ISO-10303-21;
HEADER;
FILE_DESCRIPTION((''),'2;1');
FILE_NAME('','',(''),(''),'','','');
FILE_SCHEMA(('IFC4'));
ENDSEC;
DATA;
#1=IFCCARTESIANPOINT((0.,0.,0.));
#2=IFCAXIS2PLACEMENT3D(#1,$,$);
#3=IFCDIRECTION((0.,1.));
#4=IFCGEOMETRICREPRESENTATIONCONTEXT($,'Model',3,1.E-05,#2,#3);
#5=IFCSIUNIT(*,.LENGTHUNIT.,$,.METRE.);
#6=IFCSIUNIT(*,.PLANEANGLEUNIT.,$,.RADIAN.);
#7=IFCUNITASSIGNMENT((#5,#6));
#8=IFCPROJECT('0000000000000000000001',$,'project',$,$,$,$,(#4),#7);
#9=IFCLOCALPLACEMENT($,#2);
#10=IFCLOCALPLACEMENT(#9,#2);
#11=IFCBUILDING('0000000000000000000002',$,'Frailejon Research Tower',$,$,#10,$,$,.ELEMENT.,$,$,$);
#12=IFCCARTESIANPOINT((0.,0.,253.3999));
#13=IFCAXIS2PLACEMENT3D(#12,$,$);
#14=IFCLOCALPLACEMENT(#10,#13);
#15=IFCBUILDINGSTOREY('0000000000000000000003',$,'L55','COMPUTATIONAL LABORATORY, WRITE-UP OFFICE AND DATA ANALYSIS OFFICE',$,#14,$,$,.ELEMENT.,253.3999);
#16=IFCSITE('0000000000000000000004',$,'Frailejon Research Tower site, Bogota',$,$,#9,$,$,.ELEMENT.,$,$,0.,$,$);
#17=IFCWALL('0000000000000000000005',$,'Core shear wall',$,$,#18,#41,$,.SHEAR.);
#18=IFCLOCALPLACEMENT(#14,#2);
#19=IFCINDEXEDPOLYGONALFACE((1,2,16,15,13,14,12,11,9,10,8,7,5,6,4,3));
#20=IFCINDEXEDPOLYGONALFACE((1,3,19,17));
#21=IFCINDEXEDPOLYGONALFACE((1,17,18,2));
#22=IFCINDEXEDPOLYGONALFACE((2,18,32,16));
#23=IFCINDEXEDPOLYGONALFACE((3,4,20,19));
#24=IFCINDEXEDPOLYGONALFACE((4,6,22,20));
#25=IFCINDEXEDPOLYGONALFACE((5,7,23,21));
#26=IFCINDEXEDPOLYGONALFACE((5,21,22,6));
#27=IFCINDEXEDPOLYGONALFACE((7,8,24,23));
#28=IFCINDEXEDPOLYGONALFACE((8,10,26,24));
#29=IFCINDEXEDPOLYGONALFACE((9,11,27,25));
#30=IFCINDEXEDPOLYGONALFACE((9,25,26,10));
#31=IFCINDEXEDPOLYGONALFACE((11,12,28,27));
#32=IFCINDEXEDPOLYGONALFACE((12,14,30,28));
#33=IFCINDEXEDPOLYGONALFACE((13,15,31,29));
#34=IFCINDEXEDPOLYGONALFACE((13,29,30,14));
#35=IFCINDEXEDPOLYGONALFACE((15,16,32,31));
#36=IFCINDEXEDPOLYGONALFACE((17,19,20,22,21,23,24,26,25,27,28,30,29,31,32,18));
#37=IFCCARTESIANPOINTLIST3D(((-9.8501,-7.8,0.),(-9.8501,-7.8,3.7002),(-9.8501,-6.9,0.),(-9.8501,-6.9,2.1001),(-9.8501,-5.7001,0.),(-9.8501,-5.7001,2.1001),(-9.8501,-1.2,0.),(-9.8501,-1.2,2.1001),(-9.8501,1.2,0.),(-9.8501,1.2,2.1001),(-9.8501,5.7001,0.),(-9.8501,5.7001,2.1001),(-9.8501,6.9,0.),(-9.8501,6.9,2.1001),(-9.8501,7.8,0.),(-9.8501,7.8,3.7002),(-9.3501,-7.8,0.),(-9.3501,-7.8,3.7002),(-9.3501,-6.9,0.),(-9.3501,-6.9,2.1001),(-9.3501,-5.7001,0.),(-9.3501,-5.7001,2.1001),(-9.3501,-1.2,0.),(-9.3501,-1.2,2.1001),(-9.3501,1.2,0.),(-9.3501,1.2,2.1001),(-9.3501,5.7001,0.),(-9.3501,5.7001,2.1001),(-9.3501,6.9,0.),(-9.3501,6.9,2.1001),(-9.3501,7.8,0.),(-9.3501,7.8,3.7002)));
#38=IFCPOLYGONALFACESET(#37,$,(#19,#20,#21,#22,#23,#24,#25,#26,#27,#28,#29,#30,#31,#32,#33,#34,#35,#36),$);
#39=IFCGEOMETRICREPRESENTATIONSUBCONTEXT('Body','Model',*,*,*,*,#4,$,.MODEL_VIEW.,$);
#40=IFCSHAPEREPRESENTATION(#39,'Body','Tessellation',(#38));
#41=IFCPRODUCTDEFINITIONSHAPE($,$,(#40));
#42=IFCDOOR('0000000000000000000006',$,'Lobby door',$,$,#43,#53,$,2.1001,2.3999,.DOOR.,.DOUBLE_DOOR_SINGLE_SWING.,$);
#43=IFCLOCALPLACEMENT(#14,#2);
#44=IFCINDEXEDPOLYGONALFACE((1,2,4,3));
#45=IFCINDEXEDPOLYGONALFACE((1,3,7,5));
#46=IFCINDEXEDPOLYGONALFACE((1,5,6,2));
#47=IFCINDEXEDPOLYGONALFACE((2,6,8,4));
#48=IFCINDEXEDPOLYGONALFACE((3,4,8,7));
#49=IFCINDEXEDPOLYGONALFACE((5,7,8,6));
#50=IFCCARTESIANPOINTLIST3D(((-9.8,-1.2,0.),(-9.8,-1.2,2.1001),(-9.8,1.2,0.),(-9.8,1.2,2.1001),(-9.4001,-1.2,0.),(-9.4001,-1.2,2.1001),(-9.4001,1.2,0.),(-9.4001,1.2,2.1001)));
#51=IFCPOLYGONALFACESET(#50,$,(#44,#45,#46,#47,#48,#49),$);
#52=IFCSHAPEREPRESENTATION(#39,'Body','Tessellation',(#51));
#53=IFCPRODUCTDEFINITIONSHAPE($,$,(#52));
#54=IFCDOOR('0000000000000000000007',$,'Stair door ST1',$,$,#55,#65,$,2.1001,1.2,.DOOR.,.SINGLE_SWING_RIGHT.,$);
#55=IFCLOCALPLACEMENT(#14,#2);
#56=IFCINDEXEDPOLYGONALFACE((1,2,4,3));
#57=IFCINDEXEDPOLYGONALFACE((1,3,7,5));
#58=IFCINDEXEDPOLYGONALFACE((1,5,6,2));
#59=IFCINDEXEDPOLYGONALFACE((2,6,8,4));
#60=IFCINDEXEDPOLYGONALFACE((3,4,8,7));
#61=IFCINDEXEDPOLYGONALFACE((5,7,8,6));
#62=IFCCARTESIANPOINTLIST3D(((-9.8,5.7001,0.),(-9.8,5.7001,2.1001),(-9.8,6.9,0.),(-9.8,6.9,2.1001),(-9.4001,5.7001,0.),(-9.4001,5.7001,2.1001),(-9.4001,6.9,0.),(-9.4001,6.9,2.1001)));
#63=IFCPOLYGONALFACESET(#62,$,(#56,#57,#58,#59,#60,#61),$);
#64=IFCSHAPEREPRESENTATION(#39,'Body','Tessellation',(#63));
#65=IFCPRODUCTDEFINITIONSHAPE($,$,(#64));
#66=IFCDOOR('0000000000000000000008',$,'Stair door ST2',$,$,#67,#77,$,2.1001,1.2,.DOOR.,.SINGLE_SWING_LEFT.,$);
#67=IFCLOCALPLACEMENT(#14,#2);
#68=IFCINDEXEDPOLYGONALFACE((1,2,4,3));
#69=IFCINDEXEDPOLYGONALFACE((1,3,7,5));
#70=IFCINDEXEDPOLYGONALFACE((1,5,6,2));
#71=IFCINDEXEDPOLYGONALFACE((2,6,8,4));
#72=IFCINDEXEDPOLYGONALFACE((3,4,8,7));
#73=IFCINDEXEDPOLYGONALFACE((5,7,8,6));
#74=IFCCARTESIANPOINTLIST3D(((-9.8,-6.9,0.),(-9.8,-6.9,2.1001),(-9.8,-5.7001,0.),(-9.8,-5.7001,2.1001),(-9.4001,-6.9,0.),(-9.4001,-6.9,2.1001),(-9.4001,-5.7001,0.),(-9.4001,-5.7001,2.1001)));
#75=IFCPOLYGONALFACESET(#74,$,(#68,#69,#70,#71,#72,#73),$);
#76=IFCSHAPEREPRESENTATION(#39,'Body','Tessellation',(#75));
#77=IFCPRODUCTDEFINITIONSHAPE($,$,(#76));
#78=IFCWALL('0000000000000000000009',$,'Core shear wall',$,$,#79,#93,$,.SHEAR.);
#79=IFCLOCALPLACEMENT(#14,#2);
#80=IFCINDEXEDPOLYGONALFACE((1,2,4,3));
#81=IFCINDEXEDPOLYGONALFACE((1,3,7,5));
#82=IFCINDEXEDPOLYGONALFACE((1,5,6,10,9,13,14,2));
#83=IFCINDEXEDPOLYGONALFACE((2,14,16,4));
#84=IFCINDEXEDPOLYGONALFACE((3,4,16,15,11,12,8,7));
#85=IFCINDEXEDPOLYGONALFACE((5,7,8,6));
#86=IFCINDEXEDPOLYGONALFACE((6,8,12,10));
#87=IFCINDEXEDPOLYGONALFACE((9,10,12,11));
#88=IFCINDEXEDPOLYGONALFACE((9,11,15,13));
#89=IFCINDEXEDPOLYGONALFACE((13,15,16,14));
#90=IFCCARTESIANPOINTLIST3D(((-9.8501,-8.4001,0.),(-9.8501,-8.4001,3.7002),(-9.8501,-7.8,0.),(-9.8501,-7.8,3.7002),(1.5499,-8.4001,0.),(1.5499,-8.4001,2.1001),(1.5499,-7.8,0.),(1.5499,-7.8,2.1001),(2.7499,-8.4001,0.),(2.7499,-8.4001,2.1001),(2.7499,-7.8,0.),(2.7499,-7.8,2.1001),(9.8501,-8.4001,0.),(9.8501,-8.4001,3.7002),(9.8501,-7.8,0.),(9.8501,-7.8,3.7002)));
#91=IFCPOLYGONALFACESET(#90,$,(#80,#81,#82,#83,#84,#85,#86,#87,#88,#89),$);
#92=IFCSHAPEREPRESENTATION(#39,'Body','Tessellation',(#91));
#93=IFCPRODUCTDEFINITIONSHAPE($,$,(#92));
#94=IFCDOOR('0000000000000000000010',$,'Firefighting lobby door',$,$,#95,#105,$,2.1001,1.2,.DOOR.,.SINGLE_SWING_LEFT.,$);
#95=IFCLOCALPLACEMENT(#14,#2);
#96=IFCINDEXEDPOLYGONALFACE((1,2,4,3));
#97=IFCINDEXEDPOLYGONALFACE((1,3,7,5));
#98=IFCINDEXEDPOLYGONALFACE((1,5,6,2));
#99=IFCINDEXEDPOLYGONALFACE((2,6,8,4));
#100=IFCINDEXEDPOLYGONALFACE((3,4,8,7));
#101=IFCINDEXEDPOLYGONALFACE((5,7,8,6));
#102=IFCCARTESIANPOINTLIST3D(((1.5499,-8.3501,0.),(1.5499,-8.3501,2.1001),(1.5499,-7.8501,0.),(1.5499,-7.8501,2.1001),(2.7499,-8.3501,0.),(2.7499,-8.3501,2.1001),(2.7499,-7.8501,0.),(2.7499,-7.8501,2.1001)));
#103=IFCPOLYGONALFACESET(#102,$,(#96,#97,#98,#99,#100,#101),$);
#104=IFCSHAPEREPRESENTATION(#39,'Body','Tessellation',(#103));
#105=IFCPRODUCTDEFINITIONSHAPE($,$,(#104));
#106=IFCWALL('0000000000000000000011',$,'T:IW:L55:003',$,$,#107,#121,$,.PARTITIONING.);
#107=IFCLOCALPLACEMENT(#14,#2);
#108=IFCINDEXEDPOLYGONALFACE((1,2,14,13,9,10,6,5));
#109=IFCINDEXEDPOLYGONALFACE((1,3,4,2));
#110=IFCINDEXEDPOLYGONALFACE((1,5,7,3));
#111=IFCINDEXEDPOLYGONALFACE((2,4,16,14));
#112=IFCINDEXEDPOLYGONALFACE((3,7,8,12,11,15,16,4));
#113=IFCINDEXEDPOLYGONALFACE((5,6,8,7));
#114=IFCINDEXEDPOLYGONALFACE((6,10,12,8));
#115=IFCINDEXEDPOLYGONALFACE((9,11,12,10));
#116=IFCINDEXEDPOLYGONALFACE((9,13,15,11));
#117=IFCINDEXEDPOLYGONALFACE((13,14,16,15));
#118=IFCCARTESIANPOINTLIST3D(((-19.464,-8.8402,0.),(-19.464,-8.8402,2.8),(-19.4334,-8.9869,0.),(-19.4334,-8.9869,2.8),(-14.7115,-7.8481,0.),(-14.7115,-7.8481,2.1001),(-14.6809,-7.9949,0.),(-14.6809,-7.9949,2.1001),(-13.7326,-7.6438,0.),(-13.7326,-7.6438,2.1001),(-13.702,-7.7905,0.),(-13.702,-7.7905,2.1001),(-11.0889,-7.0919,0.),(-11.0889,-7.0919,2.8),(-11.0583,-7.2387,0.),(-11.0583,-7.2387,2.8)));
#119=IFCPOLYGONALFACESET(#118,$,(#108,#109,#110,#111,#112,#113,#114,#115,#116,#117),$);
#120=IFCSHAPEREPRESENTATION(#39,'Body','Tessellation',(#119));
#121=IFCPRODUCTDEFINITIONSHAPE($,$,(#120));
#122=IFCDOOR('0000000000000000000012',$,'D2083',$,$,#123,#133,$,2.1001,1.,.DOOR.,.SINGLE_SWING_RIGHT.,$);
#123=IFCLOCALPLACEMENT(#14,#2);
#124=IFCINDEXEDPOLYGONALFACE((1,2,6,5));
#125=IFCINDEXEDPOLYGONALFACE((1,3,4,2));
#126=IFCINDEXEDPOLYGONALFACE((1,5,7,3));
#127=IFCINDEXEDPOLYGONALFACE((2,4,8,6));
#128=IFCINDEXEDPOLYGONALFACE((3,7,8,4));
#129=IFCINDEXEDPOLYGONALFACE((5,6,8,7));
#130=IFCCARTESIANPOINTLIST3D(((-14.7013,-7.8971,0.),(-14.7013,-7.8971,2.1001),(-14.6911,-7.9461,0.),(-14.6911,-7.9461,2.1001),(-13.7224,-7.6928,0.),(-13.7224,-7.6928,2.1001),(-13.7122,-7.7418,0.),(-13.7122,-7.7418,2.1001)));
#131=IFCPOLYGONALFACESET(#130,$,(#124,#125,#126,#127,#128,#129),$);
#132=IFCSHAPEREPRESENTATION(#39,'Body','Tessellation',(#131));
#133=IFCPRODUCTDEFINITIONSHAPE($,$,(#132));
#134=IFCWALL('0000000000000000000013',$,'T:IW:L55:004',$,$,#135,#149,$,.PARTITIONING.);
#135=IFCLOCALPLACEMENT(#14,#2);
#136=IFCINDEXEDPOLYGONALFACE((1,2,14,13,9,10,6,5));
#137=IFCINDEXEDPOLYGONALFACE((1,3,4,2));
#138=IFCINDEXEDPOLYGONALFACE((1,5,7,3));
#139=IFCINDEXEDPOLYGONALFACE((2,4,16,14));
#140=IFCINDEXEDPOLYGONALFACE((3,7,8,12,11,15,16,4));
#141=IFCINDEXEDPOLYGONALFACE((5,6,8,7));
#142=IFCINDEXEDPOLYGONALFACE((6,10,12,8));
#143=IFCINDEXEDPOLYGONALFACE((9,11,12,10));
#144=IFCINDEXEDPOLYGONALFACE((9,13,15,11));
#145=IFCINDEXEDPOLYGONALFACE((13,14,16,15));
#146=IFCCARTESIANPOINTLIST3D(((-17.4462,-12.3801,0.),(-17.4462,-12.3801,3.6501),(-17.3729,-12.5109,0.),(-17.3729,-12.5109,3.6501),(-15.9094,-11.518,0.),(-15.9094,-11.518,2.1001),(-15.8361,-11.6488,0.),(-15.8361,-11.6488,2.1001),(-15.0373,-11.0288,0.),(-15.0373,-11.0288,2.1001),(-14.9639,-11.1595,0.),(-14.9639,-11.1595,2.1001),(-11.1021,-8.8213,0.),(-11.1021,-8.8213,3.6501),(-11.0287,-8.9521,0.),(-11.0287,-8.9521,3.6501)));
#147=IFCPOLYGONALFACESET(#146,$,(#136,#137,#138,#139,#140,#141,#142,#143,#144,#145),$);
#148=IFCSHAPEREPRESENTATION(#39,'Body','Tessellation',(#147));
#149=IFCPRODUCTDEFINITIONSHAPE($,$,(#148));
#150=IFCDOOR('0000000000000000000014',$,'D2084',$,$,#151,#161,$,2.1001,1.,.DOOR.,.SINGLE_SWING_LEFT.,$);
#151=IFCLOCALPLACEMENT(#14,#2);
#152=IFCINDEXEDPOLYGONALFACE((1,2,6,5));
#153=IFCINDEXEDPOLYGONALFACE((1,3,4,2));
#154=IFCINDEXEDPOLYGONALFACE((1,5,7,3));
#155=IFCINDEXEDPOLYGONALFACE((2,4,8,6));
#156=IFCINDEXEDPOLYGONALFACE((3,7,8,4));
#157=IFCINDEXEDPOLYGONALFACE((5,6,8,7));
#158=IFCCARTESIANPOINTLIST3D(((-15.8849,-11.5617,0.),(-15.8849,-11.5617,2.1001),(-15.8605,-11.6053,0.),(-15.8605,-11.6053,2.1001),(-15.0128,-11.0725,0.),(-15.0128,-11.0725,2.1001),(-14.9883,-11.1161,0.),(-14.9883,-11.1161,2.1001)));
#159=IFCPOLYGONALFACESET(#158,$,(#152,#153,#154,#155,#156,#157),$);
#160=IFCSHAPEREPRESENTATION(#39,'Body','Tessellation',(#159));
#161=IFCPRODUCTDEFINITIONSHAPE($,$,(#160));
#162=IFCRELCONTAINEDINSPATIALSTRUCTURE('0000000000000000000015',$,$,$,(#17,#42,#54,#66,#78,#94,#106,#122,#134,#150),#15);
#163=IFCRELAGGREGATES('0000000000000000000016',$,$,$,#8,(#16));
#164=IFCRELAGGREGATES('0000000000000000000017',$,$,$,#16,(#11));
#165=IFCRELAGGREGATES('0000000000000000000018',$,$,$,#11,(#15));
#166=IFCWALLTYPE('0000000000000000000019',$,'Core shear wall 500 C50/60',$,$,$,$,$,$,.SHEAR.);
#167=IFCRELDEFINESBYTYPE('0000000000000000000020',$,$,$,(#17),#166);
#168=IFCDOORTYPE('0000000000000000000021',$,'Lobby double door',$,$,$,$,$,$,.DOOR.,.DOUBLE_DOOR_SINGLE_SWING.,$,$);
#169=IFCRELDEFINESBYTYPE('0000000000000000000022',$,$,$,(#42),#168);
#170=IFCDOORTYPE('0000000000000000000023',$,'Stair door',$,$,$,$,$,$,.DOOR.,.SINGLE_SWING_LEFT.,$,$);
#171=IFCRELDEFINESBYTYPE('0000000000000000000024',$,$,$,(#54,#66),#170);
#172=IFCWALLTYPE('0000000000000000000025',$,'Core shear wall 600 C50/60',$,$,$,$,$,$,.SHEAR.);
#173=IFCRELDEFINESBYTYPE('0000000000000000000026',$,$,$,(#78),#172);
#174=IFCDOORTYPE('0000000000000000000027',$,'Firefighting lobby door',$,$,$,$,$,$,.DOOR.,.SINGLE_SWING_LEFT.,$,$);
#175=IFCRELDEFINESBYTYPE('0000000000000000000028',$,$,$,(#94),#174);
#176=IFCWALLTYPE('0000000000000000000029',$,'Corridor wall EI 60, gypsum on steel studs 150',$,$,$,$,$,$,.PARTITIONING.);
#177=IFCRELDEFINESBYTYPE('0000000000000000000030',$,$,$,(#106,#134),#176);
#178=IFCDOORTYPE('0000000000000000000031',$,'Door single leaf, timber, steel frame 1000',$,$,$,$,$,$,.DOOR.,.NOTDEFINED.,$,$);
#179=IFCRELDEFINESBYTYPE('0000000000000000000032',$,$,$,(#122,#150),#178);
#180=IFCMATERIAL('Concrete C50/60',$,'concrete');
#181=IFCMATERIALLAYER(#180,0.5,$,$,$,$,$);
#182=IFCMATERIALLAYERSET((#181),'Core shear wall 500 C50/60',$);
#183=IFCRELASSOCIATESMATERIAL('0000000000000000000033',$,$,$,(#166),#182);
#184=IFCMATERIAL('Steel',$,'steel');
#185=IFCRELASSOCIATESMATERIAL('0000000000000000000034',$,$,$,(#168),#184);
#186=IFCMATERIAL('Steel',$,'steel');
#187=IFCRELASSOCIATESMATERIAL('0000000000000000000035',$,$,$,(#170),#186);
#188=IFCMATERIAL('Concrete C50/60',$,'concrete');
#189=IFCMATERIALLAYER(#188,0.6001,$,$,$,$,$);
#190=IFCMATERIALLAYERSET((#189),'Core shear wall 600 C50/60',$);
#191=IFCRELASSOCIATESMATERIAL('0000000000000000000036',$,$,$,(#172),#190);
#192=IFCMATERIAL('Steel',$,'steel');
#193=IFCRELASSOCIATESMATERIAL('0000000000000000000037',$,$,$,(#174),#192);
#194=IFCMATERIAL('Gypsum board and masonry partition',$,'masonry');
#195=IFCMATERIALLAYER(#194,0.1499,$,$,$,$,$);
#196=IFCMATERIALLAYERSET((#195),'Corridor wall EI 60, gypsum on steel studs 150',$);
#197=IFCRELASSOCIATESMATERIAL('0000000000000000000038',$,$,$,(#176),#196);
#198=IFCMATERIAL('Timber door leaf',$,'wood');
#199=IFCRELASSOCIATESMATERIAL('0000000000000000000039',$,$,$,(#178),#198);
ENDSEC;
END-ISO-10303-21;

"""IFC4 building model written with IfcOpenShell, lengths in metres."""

from ifc_helpers import new_model, si_unit, direction, frame, frame_2d, origin, place, context, subcontext, project, spatial, rectangle, extrude, material, layer, layer_set, type_object, element, fill, save


model = new_model("IFC4")

# Units and contexts
model_context = context("Model", 3, precision=1e-05, world=origin(), true_north=direction((0.0, 1.0)))
body_context = subcontext(model_context, "Body", "Model", "MODEL_VIEW")
ifc_project = project(units=[si_unit("LENGTHUNIT", "METRE"), si_unit("PLANEANGLEUNIT", "RADIAN")], contexts=[model_context])

# Site, building, storey
site_placement = place(None, origin())
site = spatial("IfcSite", under=ifc_project, at=site_placement, Name="Frailejon Research Tower site, Bogota", CompositionType="ELEMENT", RefElevation=0.0)
building_placement = place(site_placement, origin())
building = spatial("IfcBuilding", under=site, at=building_placement, Name="Frailejon Research Tower", CompositionType="ELEMENT")
storey_placement = place(building_placement, frame((0.0, 0.0, 253.3999)))
storey = spatial("IfcBuildingStorey", under=building, at=storey_placement, Name="L55", Description="COMPUTATIONAL LABORATORY, WRITE-UP OFFICE AND DATA ANALYSIS OFFICE", CompositionType="ELEMENT", Elevation=253.3999)

# Wall, openings, doors
ifc_material_1 = material(Name="Concrete C50/60", Category="concrete")
ifc_layer_1 = layer(ifc_material_1, 0.5)
ifc_layer_set_1 = layer_set([ifc_layer_1], Name="Core shear wall 500 C50/60")
wall_type_1 = type_object("IfcWallType", Name="Core shear wall 500 C50/60", PredefinedType="SHEAR", material=ifc_layer_set_1)
wall_1_placement = place(storey_placement, frame((-9.6001, -7.8, 0.0), z_axis=(0.0, 0.0, 1.0), x_axis=(0.0, 1.0, 0.0)))
wall_1 = element("IfcWall", 1, at=wall_1_placement, inside=storey, type_object=wall_type_1, Name="Core shear wall", PredefinedType="SHEAR", context=body_context, shape_type="SweptSolid", body=[
    extrude(rectangle(XDim=15.6001, YDim=0.5, at=frame_2d((7.8, 0.0))), origin(), (0.0, 0.0, 1.0), 3.7002),
])
opening_1_placement = place(wall_1_placement, frame((6.6001, 0.0, 0.0)))
opening_1 = element("IfcOpeningElement", 2, at=opening_1_placement, cuts=wall_1, PredefinedType="OPENING", context=body_context, shape_type="SweptSolid", body=[
    extrude(rectangle(XDim=2.3999, YDim=2.1001, at=frame_2d((1.2, 1.05))), frame((0.0, 0.26, 0.0), z_axis=(0.0, -1.0, 0.0), x_axis=(1.0, 0.0, 0.0)), (0.0, 0.0, 1.0), 0.52),
])
opening_2_placement = place(wall_1_placement, frame((13.5, 0.0, 0.0)))
opening_2 = element("IfcOpeningElement", 3, at=opening_2_placement, cuts=wall_1, PredefinedType="OPENING", context=body_context, shape_type="SweptSolid", body=[
    extrude(rectangle(XDim=1.2, YDim=2.1001, at=frame_2d((0.6001, 1.05))), frame((0.0, 0.26, 0.0), z_axis=(0.0, -1.0, 0.0), x_axis=(1.0, 0.0, 0.0)), (0.0, 0.0, 1.0), 0.52),
])
opening_3_placement = place(wall_1_placement, frame((0.8999, 0.0, 0.0)))
opening_3 = element("IfcOpeningElement", 4, at=opening_3_placement, cuts=wall_1, PredefinedType="OPENING", context=body_context, shape_type="SweptSolid", body=[
    extrude(rectangle(XDim=1.2, YDim=2.1001, at=frame_2d((0.6001, 1.05))), frame((0.0, 0.26, 0.0), z_axis=(0.0, -1.0, 0.0), x_axis=(1.0, 0.0, 0.0)), (0.0, 0.0, 1.0), 0.52),
])
ifc_material_2 = material(Name="Steel", Category="steel")
door_type_1 = type_object("IfcDoorType", Name="Lobby double door", OperationType="DOUBLE_DOOR_SINGLE_SWING", PredefinedType="DOOR", material=ifc_material_2)
door_1_placement = place(opening_1_placement, origin())
door_1 = element("IfcDoor", 5, at=door_1_placement, inside=storey, type_object=door_type_1, Name="Lobby door", OperationType="DOUBLE_DOOR_SINGLE_SWING", OverallHeight=2.1001, OverallWidth=2.3999, PredefinedType="DOOR", context=body_context, shape_type="SweptSolid", body=[
    extrude(rectangle(XDim=2.3999, YDim=2.1001, at=frame_2d((1.2, 1.05))), frame((0.0, 0.2, 0.0), z_axis=(0.0, -1.0, 0.0), x_axis=(1.0, 0.0, 0.0)), (0.0, 0.0, 1.0), 0.3999),
])
fill(opening_1, door_1)
ifc_material_3 = material(Name="Steel", Category="steel")
door_type_2 = type_object("IfcDoorType", Name="Stair door", OperationType="SINGLE_SWING_LEFT", PredefinedType="DOOR", material=ifc_material_3)
door_2_placement = place(opening_2_placement, origin())
door_2 = element("IfcDoor", 6, at=door_2_placement, inside=storey, type_object=door_type_2, Name="Stair door ST1", OperationType="SINGLE_SWING_RIGHT", OverallHeight=2.1001, OverallWidth=1.2, PredefinedType="DOOR", context=body_context, shape_type="SweptSolid", body=[
    extrude(rectangle(XDim=1.2, YDim=2.1001, at=frame_2d((0.6001, 1.05))), frame((0.0, 0.2, 0.0), z_axis=(0.0, -1.0, 0.0), x_axis=(1.0, 0.0, 0.0)), (0.0, 0.0, 1.0), 0.3999),
])
fill(opening_2, door_2)
door_3_placement = place(opening_3_placement, origin())
door_3 = element("IfcDoor", 7, at=door_3_placement, inside=storey, type_object=door_type_2, Name="Stair door ST2", OperationType="SINGLE_SWING_LEFT", OverallHeight=2.1001, OverallWidth=1.2, PredefinedType="DOOR", context=body_context, shape_type="SweptSolid", body=[
    extrude(rectangle(XDim=1.2, YDim=2.1001, at=frame_2d((0.6001, 1.05))), frame((0.0, 0.2, 0.0), z_axis=(0.0, -1.0, 0.0), x_axis=(1.0, 0.0, 0.0)), (0.0, 0.0, 1.0), 0.3999),
])
fill(opening_3, door_3)

# Walls, openings, doors
ifc_material_4 = material(Name="Concrete C50/60", Category="concrete")
ifc_layer_2 = layer(ifc_material_4, 0.6001)
ifc_layer_set_2 = layer_set([ifc_layer_2], Name="Core shear wall 600 C50/60")
wall_type_2 = type_object("IfcWallType", Name="Core shear wall 600 C50/60", PredefinedType="SHEAR", material=ifc_layer_set_2)
wall_2_placement = place(storey_placement, frame((-9.8501, -8.1001, 0.0), z_axis=(0.0, 0.0, 1.0), x_axis=(1.0, 0.0, 0.0)))
wall_2 = element("IfcWall", 8, at=wall_2_placement, inside=storey, type_object=wall_type_2, Name="Core shear wall", PredefinedType="SHEAR", context=body_context, shape_type="SweptSolid", body=[
    extrude(rectangle(XDim=19.7002, YDim=0.6001, at=frame_2d((9.8501, 0.0))), origin(), (0.0, 0.0, 1.0), 3.7002),
])
opening_4_placement = place(wall_2_placement, frame((11.3999, 0.0, 0.0)))
opening_4 = element("IfcOpeningElement", 9, at=opening_4_placement, cuts=wall_2, PredefinedType="OPENING", context=body_context, shape_type="SweptSolid", body=[
    extrude(rectangle(XDim=1.2, YDim=2.1001, at=frame_2d((0.6001, 1.05))), frame((0.0, 0.3101, 0.0), z_axis=(0.0, -1.0, 0.0), x_axis=(1.0, 0.0, 0.0)), (0.0, 0.0, 1.0), 0.6201),
])
ifc_material_5 = material(Name="Steel", Category="steel")
door_type_3 = type_object("IfcDoorType", Name="Firefighting lobby door", OperationType="SINGLE_SWING_LEFT", PredefinedType="DOOR", material=ifc_material_5)
door_4_placement = place(opening_4_placement, origin())
door_4 = element("IfcDoor", 10, at=door_4_placement, inside=storey, type_object=door_type_3, Name="Firefighting lobby door", OperationType="SINGLE_SWING_LEFT", OverallHeight=2.1001, OverallWidth=1.2, PredefinedType="DOOR", context=body_context, shape_type="SweptSolid", body=[
    extrude(rectangle(XDim=1.2, YDim=2.1001, at=frame_2d((0.6001, 1.05))), frame((0.0, 0.25, 0.0), z_axis=(0.0, -1.0, 0.0), x_axis=(1.0, 0.0, 0.0)), (0.0, 0.0, 1.0), 0.5),
])
fill(opening_4, door_4)
ifc_material_6 = material(Name="Gypsum board and masonry partition", Category="masonry")
ifc_layer_3 = layer(ifc_material_6, 0.1499)
ifc_layer_set_3 = layer_set([ifc_layer_3], Name="Corridor wall EI 60, gypsum on steel studs 150")
wall_type_3 = type_object("IfcWallType", Name="Corridor wall EI 60, gypsum on steel studs 150", PredefinedType="PARTITIONING", material=ifc_layer_set_3)
wall_3_placement = place(storey_placement, frame((-19.4487, -8.9136, 0.0), z_axis=(0.0, 0.0, 1.0), x_axis=(0.9789, 0.204341, 0.0)))
wall_3 = element("IfcWall", 11, at=wall_3_placement, inside=storey, type_object=wall_type_3, Name="T:IW:L55:003", PredefinedType="PARTITIONING", context=body_context, shape_type="SweptSolid", body=[
    extrude(rectangle(XDim=8.5557, YDim=0.1499, at=frame_2d((4.2778, 0.0))), origin(), (0.0, 0.0, 1.0), 2.8),
])
opening_5_placement = place(wall_3_placement, frame((4.855, 0.0, 0.0)))
opening_5 = element("IfcOpeningElement", 12, at=opening_5_placement, cuts=wall_3, PredefinedType="OPENING", context=body_context, shape_type="SweptSolid", body=[
    extrude(rectangle(XDim=1.0, YDim=2.1001, at=frame_2d((0.5, 1.05))), frame((0.0, 0.085, 0.0), z_axis=(0.0, -1.0, 0.0), x_axis=(1.0, 0.0, 0.0)), (0.0, 0.0, 1.0), 0.1699),
])
ifc_material_7 = material(Name="Timber door leaf", Category="wood")
door_type_4 = type_object("IfcDoorType", Name="Door single leaf, timber, steel frame 1000", OperationType="NOTDEFINED", PredefinedType="DOOR", material=ifc_material_7)
door_5_placement = place(opening_5_placement, origin())
door_5 = element("IfcDoor", 13, at=door_5_placement, inside=storey, type_object=door_type_4, Name="D2083", OperationType="SINGLE_SWING_RIGHT", OverallHeight=2.1001, OverallWidth=1.0, PredefinedType="DOOR", context=body_context, shape_type="SweptSolid", body=[
    extrude(rectangle(XDim=1.0, YDim=2.1001, at=frame_2d((0.5, 1.05))), frame((0.0, 0.0249, 0.0), z_axis=(0.0, -1.0, 0.0), x_axis=(1.0, 0.0, 0.0)), (0.0, 0.0, 1.0), 0.05),
])
fill(opening_5, door_5)
wall_4_placement = place(storey_placement, frame((-17.4097, -12.4456, 0.0), z_axis=(0.0, 0.0, 1.0), x_axis=(0.87215, 0.489238, 0.0)))
wall_4 = element("IfcWall", 14, at=wall_4_placement, inside=storey, type_object=wall_type_3, Name="T:IW:L55:004", PredefinedType="PARTITIONING", context=body_context, shape_type="SweptSolid", body=[
    extrude(rectangle(XDim=7.2742, YDim=0.1499, at=frame_2d((3.6372, 0.0))), origin(), (0.0, 0.0, 1.0), 3.6501),
])
opening_6_placement = place(wall_4_placement, frame((1.7622, 0.0, 0.0)))
opening_6 = element("IfcOpeningElement", 15, at=opening_6_placement, cuts=wall_4, PredefinedType="OPENING", context=body_context, shape_type="SweptSolid", body=[
    extrude(rectangle(XDim=1.0, YDim=2.1001, at=frame_2d((0.5, 1.05))), frame((0.0, 0.085, 0.0), z_axis=(0.0, -1.0, 0.0), x_axis=(1.0, 0.0, 0.0)), (0.0, 0.0, 1.0), 0.1699),
])
door_6_placement = place(opening_6_placement, origin())
door_6 = element("IfcDoor", 16, at=door_6_placement, inside=storey, type_object=door_type_4, Name="D2084", OperationType="SINGLE_SWING_LEFT", OverallHeight=2.1001, OverallWidth=1.0, PredefinedType="DOOR", context=body_context, shape_type="SweptSolid", body=[
    extrude(rectangle(XDim=1.0, YDim=2.1001, at=frame_2d((0.5, 1.05))), frame((0.0, 0.0249, 0.0), z_axis=(0.0, -1.0, 0.0), x_axis=(1.0, 0.0, 0.0)), (0.0, 0.0, 1.0), 0.05),
])
fill(opening_6, door_6)

save(model, "model.ifc")
